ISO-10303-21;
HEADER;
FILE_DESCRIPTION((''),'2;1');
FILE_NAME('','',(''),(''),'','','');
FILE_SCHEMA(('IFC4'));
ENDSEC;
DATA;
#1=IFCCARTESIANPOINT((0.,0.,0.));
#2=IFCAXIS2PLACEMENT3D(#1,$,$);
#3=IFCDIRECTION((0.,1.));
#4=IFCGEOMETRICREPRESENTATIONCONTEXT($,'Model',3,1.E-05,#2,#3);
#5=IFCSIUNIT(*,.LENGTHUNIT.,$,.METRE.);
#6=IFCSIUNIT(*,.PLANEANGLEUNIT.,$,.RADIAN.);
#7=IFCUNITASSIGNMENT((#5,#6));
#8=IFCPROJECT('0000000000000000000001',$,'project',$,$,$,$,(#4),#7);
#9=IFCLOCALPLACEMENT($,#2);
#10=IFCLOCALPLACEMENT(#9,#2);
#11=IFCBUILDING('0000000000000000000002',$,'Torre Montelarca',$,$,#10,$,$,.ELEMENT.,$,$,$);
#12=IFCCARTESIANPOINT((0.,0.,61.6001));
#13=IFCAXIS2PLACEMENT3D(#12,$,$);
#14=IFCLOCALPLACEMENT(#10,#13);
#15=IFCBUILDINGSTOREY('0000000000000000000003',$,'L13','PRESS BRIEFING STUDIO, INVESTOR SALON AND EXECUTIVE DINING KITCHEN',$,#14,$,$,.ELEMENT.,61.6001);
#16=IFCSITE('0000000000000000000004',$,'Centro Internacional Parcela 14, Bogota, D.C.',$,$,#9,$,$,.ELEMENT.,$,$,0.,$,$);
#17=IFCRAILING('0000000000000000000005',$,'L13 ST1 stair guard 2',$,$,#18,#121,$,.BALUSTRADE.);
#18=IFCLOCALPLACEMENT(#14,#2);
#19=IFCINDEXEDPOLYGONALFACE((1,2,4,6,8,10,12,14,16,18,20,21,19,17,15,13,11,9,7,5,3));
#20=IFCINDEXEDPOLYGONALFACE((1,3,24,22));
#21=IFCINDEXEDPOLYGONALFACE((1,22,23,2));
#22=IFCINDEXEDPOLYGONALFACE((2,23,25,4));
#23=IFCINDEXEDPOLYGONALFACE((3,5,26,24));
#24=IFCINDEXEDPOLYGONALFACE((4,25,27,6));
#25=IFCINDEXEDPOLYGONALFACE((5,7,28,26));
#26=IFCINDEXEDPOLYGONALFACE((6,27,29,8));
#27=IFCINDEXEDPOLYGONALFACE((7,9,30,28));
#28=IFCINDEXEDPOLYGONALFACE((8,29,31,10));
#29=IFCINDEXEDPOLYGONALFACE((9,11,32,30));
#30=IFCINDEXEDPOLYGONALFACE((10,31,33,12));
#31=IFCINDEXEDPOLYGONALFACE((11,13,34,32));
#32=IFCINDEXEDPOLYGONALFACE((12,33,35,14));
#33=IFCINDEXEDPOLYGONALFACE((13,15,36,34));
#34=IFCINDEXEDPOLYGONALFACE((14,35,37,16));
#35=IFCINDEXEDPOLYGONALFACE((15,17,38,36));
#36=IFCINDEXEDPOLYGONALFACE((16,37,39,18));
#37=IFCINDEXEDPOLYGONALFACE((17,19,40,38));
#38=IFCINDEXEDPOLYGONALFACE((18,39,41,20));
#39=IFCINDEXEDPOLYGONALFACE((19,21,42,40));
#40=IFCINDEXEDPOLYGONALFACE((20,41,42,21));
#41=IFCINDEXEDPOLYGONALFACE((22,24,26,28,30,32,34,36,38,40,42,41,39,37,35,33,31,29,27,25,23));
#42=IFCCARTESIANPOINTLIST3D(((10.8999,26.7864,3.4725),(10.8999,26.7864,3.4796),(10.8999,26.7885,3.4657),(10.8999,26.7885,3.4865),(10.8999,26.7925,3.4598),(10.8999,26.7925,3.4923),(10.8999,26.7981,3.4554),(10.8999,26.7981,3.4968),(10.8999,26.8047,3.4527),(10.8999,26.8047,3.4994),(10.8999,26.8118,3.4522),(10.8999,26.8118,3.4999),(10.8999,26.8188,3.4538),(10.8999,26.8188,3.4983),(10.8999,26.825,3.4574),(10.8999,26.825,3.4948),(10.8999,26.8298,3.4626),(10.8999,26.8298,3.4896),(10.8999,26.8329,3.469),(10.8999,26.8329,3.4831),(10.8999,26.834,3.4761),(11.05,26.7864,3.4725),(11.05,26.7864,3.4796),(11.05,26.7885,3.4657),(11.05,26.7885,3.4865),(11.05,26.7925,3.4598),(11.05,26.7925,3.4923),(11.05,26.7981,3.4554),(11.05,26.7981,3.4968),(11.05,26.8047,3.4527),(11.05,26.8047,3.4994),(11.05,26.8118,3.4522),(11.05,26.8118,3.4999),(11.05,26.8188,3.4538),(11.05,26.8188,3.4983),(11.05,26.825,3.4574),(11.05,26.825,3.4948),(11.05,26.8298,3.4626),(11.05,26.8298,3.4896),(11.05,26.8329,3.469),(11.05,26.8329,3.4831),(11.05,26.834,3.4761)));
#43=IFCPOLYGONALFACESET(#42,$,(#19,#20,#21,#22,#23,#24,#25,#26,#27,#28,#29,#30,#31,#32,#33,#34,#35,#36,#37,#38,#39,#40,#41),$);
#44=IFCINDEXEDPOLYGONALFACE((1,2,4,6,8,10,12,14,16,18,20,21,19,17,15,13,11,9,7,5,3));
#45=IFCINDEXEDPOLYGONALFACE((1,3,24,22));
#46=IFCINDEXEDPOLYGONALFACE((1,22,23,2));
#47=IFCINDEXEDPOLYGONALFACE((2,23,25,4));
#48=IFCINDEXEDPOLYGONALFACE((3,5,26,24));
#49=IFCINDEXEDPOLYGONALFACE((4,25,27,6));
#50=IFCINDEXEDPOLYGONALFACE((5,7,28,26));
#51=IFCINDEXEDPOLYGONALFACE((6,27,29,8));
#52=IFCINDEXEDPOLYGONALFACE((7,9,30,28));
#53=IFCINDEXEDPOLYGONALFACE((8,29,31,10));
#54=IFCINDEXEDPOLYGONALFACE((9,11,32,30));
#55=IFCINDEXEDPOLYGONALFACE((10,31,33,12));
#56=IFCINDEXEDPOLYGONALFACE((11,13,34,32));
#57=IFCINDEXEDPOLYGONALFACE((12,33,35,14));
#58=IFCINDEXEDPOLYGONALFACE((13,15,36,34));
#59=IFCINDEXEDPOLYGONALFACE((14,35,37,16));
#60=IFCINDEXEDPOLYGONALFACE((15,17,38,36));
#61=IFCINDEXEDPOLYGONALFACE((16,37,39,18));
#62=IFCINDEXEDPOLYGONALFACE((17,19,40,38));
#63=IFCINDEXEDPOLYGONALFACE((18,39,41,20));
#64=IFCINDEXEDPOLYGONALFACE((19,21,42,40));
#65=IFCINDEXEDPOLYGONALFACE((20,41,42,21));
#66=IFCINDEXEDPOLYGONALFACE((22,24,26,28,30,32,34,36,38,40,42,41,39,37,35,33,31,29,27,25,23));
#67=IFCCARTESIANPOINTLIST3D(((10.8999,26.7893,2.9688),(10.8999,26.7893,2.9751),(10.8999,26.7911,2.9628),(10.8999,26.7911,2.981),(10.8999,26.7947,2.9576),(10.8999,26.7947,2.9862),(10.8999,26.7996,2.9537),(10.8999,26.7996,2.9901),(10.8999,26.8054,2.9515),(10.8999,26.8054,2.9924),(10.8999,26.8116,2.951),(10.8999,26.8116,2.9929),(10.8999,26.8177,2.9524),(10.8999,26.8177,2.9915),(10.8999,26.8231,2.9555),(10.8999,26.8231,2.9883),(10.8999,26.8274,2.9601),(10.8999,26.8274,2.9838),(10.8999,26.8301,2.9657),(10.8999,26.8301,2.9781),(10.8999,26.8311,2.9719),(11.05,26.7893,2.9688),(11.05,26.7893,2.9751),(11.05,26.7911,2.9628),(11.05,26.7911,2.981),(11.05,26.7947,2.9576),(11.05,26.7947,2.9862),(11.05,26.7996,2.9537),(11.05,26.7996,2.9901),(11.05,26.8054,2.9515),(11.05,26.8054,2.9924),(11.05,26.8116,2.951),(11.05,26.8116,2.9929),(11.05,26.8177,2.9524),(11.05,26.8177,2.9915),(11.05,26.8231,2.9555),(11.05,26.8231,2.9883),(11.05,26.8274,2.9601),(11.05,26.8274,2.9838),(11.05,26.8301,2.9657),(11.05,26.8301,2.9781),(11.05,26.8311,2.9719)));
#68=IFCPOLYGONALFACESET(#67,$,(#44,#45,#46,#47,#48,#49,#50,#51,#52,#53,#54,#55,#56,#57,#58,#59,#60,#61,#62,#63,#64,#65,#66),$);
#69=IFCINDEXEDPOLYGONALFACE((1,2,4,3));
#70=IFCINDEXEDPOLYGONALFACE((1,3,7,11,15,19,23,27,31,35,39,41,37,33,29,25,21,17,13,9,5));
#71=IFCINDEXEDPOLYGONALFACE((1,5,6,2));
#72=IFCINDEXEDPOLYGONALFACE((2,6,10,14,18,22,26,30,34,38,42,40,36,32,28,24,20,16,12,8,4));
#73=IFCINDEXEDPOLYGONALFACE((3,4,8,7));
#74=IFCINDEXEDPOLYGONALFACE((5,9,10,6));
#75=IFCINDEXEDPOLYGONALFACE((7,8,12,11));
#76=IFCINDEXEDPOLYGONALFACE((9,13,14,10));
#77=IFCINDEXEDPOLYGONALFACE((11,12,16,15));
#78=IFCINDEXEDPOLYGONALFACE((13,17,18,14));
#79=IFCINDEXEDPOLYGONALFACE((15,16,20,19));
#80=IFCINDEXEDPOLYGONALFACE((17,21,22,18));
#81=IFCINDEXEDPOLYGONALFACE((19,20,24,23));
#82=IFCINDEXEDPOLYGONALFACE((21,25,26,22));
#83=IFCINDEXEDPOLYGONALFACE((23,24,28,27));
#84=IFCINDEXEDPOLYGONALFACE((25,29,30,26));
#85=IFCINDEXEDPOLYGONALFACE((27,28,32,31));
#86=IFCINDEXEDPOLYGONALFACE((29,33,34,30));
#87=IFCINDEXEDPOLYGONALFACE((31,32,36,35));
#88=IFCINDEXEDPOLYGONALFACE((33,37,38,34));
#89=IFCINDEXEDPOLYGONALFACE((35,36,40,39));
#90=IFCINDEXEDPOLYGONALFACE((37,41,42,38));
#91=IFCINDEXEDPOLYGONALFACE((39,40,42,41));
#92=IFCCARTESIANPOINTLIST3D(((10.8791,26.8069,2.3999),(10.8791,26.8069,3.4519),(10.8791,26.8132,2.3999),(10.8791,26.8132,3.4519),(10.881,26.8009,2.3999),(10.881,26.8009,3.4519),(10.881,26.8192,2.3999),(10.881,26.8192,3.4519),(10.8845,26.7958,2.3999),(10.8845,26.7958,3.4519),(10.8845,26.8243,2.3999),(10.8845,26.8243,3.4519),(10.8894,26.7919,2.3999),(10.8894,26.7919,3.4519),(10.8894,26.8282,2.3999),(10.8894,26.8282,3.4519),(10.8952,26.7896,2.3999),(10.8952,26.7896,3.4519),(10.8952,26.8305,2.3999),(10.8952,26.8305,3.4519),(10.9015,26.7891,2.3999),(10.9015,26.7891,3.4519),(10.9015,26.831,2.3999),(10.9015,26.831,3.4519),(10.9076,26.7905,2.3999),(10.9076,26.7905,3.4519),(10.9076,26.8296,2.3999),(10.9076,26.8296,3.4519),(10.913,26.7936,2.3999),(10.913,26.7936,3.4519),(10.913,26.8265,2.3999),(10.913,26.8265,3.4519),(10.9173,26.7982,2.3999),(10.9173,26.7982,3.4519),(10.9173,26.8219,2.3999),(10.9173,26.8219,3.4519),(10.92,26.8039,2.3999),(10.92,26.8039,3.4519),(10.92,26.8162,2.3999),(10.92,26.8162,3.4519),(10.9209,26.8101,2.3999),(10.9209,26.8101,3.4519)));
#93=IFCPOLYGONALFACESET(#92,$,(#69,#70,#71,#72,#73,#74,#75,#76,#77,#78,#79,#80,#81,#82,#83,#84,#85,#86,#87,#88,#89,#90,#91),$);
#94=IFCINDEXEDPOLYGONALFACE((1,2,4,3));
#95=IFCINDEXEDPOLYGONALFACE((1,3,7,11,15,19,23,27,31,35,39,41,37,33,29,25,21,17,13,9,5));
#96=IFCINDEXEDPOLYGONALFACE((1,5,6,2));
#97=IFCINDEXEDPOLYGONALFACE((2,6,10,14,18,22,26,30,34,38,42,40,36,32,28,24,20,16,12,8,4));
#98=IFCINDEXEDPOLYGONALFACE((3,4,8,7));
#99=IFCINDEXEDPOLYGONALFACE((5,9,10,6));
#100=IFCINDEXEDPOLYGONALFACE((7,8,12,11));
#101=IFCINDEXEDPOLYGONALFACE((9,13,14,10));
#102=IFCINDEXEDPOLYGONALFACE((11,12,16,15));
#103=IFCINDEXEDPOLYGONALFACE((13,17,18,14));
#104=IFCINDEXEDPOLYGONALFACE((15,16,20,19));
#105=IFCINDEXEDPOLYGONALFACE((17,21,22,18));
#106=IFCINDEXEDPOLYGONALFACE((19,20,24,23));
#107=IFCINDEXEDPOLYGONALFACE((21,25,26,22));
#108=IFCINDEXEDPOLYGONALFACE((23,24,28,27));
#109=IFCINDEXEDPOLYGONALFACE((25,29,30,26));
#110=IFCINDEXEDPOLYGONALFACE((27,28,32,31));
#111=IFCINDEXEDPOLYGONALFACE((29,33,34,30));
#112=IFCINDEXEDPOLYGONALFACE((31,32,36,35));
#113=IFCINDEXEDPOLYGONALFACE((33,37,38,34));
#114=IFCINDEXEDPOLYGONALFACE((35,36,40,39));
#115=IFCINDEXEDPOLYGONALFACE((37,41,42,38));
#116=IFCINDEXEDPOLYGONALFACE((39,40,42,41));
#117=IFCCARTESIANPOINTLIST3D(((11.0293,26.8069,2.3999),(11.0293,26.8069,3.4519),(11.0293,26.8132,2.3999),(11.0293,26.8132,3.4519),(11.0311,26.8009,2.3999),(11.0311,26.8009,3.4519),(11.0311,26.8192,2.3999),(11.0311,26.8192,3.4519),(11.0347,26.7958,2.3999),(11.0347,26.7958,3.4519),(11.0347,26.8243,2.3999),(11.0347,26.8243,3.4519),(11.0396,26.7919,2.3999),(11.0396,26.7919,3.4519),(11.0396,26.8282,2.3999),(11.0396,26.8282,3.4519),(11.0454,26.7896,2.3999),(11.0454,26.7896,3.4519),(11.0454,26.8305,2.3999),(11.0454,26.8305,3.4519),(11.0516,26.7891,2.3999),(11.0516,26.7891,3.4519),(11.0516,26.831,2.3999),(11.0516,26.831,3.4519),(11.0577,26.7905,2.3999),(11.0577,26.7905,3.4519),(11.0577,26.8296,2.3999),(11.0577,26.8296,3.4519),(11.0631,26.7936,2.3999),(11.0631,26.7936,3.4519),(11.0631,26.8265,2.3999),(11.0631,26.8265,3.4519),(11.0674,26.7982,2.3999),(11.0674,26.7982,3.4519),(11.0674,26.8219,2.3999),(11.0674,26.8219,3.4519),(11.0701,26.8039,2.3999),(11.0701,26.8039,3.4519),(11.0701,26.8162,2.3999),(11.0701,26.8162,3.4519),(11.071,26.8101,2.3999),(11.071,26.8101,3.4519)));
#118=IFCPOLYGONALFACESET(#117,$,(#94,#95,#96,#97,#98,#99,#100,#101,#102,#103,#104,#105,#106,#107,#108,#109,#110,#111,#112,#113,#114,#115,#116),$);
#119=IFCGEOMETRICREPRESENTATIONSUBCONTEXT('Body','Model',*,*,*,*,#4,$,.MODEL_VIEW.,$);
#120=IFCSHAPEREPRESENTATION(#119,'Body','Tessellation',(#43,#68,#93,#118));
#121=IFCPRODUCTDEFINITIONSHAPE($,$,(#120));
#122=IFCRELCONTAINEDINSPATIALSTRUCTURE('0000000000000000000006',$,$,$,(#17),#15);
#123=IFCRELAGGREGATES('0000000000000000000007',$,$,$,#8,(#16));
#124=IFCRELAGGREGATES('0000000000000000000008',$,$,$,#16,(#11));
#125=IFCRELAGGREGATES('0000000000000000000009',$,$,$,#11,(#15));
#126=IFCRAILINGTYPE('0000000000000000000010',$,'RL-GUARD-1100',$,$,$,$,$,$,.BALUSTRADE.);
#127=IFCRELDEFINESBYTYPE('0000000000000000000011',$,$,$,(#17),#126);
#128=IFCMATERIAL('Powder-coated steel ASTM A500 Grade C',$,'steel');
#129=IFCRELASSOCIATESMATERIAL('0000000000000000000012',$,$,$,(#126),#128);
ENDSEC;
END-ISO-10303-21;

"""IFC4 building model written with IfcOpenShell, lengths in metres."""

from ifc_helpers import new_model, si_unit, direction, frame, origin, origin_2d, place, context, subcontext, project, spatial, circle, extrude, material, type_object, element, save


model = new_model("IFC4")

# Units and contexts
model_context = context("Model", 3, precision=1e-05, world=origin(), true_north=direction((0.0, 1.0)))
body_context = subcontext(model_context, "Body", "Model", "MODEL_VIEW")
ifc_project = project(units=[si_unit("LENGTHUNIT", "METRE"), si_unit("PLANEANGLEUNIT", "RADIAN")], contexts=[model_context])

# Site, building, storey
site_placement = place(None, origin())
site = spatial("IfcSite", under=ifc_project, at=site_placement, Name="Centro Internacional Parcela 14, Bogota, D.C.", CompositionType="ELEMENT", RefElevation=0.0)
building_placement = place(site_placement, origin())
building = spatial("IfcBuilding", under=site, at=building_placement, Name="Torre Montelarca", CompositionType="ELEMENT")
storey_placement = place(building_placement, frame((0.0, 0.0, 61.6001)))
storey = spatial("IfcBuildingStorey", under=building, at=storey_placement, Name="L13", Description="PRESS BRIEFING STUDIO, INVESTOR SALON AND EXECUTIVE DINING KITCHEN", CompositionType="ELEMENT", Elevation=61.6001)

# Railing
ifc_material_1 = material(Name="Powder-coated steel ASTM A500 Grade C", Category="steel")
railing_type_1 = type_object("IfcRailingType", Name="RL-GUARD-1100", PredefinedType="BALUSTRADE", material=ifc_material_1)
railing_1_placement = place(storey_placement, frame((10.8999, 26.8101, 2.3999)))
element("IfcRailing", 1, at=railing_1_placement, inside=storey, type_object=railing_type_1, Name="L13 ST1 stair guard 2", PredefinedType="BALUSTRADE", context=body_context, shape_type="SweptSolid", body=[
    extrude(circle(Radius=0.0239, at=origin_2d()), frame((0.0, 0.0, 1.0762), z_axis=(1.0, 0.0, 0.0), x_axis=(0.0, 1.0, 0.0)), (0.0, 0.0, 1.0), 0.1501),
    extrude(circle(Radius=0.021, at=origin_2d()), frame((0.0, 0.0, 0.572), z_axis=(1.0, 0.0, 0.0), x_axis=(0.0, 1.0, 0.0)), (0.0, 0.0, 1.0), 0.1501),
    extrude(circle(Radius=0.021, at=origin_2d()), origin(), (0.0, 0.0, 1.0), 1.052),
    extrude(circle(Radius=0.021, at=origin_2d()), frame((0.1501, 0.0, 0.0)), (0.0, 0.0, 1.0), 1.052),
])

save(model, "model.ifc")
